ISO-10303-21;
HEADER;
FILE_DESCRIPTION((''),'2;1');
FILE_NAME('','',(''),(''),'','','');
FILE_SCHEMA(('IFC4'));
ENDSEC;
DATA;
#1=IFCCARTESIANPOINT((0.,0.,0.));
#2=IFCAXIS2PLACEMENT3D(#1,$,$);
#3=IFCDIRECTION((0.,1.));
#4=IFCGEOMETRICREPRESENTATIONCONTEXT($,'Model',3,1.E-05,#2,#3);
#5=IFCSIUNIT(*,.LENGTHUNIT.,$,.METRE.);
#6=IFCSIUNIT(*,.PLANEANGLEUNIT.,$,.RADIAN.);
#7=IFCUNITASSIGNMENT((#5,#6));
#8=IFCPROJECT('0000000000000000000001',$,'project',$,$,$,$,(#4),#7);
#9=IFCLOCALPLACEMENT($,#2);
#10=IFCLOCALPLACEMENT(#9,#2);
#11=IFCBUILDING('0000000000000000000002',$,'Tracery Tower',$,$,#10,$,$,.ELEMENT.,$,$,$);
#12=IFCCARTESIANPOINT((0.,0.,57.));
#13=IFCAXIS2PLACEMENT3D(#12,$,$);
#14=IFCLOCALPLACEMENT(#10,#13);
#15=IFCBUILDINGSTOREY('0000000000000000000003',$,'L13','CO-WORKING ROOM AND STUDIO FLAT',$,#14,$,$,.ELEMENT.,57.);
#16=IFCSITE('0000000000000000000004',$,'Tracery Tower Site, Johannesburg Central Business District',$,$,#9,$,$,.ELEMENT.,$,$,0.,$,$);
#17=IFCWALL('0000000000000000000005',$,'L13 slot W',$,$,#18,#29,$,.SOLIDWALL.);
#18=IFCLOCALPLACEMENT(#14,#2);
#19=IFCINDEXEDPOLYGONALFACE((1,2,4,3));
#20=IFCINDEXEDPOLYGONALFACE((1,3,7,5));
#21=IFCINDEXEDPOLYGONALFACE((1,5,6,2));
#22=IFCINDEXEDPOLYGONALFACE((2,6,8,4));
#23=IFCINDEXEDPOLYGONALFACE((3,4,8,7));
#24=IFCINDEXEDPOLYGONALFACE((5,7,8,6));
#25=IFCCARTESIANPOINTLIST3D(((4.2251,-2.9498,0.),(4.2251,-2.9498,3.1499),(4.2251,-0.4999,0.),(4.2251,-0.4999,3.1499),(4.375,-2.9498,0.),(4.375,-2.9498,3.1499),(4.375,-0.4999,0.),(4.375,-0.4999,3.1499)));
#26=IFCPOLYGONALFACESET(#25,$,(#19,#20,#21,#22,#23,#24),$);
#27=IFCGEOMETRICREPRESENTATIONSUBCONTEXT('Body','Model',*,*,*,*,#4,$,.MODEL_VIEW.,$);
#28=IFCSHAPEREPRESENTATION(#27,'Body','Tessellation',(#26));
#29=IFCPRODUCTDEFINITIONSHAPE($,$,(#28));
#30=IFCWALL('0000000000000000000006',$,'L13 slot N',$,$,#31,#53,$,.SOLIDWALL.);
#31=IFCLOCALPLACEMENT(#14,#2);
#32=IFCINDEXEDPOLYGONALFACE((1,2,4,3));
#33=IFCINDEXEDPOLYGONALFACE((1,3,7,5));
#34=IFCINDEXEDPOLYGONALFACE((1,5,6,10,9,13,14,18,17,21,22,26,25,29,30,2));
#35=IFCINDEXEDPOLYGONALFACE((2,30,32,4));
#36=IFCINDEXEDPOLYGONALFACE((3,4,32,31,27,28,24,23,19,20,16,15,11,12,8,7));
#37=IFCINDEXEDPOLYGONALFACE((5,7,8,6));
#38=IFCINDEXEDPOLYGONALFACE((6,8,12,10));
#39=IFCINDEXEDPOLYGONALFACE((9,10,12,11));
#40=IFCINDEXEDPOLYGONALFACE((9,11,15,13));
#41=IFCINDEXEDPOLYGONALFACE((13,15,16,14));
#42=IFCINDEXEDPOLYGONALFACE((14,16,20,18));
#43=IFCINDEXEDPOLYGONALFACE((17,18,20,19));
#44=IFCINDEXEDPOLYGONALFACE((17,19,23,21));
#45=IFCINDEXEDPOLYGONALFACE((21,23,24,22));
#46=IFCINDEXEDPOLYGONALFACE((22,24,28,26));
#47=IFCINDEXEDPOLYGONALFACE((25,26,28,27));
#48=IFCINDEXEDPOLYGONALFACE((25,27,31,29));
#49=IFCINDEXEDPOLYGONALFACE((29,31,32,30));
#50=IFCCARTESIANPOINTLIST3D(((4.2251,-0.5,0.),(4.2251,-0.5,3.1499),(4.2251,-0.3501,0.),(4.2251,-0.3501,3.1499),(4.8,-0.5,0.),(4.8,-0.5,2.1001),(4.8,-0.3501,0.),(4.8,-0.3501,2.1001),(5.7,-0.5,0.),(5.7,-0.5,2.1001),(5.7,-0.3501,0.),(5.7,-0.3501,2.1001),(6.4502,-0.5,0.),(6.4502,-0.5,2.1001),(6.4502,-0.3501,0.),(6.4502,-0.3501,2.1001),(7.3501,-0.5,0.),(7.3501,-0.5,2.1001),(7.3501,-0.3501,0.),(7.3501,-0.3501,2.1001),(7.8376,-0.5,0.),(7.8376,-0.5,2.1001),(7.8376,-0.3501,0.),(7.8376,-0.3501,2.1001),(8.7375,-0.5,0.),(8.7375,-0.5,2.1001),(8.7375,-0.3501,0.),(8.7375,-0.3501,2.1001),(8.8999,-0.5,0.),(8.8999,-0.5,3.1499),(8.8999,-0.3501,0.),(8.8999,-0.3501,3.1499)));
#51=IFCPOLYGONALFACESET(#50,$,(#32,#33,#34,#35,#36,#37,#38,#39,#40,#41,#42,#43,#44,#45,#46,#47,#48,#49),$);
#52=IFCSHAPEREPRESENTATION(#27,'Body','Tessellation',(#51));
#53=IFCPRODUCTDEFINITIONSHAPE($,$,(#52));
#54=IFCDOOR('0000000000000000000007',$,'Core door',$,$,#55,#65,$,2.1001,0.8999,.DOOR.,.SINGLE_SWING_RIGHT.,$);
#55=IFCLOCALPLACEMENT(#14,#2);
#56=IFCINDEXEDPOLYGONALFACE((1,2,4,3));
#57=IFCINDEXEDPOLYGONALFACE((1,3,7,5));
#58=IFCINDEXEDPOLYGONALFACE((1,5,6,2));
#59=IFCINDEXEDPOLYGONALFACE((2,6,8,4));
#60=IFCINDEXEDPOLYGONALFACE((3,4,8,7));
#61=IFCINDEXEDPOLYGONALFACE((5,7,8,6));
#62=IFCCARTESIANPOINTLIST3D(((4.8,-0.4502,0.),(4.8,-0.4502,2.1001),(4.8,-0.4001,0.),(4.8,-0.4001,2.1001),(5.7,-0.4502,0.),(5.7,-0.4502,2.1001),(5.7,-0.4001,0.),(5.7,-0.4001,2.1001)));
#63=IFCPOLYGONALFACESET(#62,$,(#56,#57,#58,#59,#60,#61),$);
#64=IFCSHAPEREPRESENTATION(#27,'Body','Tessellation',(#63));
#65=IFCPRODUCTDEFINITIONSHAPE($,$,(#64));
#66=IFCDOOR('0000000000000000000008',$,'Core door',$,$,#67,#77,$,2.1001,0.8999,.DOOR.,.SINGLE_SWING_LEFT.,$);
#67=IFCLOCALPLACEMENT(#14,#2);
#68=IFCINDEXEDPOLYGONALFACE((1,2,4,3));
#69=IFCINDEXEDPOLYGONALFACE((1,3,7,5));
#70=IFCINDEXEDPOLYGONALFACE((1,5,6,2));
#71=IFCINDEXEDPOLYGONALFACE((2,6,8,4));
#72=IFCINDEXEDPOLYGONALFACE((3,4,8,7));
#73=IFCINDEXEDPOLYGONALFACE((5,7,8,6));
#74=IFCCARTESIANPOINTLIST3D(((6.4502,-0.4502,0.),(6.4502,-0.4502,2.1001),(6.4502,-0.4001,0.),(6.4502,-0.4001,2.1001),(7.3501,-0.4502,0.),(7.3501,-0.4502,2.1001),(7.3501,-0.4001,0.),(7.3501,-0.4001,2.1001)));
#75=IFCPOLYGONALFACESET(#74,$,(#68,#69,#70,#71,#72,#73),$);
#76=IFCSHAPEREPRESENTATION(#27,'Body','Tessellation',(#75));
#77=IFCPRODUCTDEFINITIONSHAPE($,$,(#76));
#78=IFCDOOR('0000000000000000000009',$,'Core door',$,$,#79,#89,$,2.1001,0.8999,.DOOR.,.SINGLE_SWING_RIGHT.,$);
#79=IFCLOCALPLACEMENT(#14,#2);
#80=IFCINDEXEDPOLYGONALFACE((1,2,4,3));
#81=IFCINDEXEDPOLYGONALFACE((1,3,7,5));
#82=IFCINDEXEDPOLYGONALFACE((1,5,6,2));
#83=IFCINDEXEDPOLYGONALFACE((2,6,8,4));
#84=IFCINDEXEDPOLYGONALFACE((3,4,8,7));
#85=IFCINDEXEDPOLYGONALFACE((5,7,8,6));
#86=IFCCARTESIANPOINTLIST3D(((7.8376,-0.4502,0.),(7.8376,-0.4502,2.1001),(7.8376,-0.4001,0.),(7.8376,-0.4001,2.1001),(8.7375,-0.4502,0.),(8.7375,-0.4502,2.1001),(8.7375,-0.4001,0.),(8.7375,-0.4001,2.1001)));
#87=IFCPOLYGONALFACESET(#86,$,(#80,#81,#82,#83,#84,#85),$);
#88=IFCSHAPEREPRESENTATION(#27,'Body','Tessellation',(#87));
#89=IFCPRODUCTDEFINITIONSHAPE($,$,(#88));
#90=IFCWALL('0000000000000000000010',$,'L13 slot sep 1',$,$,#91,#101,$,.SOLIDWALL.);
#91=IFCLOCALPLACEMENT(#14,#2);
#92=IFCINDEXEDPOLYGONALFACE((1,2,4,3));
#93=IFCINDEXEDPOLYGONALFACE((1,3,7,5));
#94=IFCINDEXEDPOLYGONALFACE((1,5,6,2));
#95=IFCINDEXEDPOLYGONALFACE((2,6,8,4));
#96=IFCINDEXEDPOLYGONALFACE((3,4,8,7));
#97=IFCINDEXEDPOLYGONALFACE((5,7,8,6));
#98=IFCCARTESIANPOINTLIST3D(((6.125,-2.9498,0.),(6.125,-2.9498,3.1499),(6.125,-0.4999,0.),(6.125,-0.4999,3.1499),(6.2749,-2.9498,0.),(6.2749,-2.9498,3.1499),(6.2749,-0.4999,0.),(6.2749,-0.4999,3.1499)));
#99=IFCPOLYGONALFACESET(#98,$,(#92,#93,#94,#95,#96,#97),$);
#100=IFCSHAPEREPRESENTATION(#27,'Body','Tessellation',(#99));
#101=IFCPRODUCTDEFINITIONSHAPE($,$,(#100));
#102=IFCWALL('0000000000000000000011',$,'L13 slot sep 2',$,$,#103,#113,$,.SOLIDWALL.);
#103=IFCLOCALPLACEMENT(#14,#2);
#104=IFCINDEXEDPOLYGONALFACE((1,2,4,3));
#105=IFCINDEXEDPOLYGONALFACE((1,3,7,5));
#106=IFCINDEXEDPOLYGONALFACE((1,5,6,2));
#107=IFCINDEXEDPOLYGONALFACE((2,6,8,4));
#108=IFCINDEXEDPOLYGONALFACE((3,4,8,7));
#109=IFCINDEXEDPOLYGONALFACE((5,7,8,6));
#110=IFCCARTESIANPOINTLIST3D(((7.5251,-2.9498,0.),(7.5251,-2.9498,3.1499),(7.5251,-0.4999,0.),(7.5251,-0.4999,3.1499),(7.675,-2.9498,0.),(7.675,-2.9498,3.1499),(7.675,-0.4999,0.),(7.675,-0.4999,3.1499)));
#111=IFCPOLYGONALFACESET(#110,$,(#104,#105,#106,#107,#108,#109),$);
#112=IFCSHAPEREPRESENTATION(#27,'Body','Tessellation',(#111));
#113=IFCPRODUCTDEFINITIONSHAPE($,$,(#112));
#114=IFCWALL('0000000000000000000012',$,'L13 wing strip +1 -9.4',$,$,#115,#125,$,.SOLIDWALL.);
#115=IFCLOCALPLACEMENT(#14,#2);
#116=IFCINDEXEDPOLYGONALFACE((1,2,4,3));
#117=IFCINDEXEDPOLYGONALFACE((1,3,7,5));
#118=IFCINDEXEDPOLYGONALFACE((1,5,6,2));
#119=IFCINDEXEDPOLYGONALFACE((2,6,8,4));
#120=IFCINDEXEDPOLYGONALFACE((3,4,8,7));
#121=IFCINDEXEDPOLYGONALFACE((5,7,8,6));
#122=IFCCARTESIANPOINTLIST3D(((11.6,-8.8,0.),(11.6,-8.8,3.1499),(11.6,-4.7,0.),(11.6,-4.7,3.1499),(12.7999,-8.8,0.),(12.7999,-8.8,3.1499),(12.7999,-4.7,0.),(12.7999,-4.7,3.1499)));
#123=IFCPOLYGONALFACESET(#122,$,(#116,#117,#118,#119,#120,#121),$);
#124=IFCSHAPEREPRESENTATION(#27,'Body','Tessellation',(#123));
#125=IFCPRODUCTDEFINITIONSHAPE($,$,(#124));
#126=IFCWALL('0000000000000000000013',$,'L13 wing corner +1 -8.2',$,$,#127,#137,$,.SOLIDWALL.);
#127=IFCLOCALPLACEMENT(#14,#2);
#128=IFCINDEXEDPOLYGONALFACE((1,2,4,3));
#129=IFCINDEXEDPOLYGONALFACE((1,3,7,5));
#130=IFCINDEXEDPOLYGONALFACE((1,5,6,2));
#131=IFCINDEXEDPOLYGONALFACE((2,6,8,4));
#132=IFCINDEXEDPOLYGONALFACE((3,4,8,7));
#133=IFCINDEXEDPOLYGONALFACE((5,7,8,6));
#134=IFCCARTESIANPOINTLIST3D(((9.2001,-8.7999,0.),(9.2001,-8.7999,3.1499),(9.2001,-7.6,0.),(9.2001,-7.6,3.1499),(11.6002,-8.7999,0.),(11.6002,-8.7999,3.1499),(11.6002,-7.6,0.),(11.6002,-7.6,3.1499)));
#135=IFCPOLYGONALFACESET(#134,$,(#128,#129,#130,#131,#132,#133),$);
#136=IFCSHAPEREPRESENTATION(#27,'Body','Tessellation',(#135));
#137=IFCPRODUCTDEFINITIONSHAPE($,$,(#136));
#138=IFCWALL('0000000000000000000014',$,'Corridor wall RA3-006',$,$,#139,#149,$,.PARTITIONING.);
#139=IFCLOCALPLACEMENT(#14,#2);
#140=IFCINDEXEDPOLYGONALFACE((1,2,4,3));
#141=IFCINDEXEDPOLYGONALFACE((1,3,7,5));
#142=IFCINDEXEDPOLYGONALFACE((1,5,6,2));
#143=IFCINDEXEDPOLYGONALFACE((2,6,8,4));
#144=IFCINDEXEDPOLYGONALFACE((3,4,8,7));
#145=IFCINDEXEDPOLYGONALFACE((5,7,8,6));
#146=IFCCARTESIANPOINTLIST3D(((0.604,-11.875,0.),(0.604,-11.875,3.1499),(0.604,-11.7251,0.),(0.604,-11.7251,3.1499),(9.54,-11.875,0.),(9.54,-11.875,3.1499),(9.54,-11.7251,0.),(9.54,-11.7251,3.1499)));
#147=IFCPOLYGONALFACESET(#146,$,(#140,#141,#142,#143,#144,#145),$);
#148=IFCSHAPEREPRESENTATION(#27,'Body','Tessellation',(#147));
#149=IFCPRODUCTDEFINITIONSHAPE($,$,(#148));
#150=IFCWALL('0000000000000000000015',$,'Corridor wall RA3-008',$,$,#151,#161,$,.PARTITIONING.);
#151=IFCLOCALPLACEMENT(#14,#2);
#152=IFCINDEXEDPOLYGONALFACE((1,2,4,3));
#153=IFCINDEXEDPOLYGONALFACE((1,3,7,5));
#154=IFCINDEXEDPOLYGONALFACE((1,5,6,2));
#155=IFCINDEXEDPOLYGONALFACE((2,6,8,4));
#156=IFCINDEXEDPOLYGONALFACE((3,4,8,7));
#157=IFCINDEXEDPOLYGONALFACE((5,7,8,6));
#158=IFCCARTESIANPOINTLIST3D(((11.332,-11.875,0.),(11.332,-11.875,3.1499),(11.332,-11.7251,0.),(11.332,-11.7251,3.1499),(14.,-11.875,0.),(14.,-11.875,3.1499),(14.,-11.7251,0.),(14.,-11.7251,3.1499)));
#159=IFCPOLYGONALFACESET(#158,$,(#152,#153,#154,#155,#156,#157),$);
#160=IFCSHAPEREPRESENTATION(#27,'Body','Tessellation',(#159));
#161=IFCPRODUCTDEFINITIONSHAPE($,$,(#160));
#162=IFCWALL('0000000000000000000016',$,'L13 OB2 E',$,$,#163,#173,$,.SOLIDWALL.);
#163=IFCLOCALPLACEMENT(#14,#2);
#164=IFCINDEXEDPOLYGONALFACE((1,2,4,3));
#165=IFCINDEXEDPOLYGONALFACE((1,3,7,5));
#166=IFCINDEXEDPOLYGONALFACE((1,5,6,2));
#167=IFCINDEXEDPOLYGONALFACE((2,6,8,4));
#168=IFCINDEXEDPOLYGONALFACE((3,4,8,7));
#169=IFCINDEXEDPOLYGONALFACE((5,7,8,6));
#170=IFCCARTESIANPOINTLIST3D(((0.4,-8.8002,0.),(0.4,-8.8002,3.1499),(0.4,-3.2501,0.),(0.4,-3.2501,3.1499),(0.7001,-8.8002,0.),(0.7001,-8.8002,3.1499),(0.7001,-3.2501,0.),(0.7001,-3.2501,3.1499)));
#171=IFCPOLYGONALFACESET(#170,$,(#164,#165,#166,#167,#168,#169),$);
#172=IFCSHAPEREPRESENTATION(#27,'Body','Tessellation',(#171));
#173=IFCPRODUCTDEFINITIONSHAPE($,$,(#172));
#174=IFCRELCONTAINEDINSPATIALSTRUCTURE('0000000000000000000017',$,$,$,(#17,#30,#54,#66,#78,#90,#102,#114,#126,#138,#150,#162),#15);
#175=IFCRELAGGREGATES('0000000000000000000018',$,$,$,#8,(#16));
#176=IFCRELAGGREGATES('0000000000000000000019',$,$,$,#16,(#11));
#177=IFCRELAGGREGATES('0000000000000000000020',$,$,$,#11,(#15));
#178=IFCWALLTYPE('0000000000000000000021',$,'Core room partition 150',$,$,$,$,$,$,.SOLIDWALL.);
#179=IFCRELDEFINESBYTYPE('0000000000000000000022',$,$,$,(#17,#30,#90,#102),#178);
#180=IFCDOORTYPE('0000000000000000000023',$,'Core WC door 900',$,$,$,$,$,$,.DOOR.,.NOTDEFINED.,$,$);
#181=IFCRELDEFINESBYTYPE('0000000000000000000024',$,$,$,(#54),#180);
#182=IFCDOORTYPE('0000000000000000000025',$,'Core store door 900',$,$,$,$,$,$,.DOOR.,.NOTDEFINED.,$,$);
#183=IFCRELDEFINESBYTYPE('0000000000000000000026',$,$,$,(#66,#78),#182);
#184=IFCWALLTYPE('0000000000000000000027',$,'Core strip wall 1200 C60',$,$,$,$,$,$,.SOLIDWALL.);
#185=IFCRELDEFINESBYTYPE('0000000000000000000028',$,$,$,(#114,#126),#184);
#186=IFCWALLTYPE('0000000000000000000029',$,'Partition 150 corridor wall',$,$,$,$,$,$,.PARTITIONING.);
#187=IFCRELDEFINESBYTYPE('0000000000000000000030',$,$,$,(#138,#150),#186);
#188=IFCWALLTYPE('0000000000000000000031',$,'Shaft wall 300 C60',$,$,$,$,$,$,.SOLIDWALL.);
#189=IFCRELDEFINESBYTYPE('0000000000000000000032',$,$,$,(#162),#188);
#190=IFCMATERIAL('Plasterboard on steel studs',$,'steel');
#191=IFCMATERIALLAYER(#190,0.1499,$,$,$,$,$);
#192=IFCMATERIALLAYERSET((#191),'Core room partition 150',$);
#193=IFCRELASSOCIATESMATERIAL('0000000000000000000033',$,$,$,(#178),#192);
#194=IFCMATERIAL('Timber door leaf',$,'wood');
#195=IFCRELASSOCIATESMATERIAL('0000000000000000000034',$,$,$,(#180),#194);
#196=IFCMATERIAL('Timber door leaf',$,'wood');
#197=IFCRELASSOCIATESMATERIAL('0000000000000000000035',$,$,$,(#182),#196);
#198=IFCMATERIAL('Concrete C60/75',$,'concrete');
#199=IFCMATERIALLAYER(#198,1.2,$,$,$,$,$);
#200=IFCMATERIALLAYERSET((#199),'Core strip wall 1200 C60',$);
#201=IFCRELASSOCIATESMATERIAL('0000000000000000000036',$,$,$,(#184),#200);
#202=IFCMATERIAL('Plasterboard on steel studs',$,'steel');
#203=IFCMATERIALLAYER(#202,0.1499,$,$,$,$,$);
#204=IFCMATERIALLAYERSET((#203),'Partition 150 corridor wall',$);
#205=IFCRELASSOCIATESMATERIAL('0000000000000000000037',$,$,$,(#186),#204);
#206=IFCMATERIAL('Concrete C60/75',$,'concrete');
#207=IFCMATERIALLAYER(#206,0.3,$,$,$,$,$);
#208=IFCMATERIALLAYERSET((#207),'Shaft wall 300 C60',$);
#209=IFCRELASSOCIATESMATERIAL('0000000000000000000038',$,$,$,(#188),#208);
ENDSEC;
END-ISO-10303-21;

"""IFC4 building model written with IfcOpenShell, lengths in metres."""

from ifc_helpers import new_model, si_unit, direction, frame, frame_2d, origin, place, context, subcontext, project, spatial, rectangle, extrude, material, layer, layer_set, type_object, element, fill, save


model = new_model("IFC4")

# Units and contexts
model_context = context("Model", 3, precision=1e-05, world=origin(), true_north=direction((0.0, 1.0)))
body_context = subcontext(model_context, "Body", "Model", "MODEL_VIEW")
ifc_project = project(units=[si_unit("LENGTHUNIT", "METRE"), si_unit("PLANEANGLEUNIT", "RADIAN")], contexts=[model_context])

# Site, building, storey
site_placement = place(None, origin())
site = spatial("IfcSite", under=ifc_project, at=site_placement, Name="Tracery Tower Site, Johannesburg Central Business District", CompositionType="ELEMENT", RefElevation=0.0)
building_placement = place(site_placement, origin())
building = spatial("IfcBuilding", under=site, at=building_placement, Name="Tracery Tower", CompositionType="ELEMENT")
storey_placement = place(building_placement, frame((0.0, 0.0, 57.0)))
storey = spatial("IfcBuildingStorey", under=building, at=storey_placement, Name="L13", Description="CO-WORKING ROOM AND STUDIO FLAT", CompositionType="ELEMENT", Elevation=57.0)

# Wall
ifc_material_1 = material(Name="Plasterboard on steel studs", Category="steel")
ifc_layer_1 = layer(ifc_material_1, 0.1499)
ifc_layer_set_1 = layer_set([ifc_layer_1], Name="Core room partition 150")
wall_type_1 = type_object("IfcWallType", Name="Core room partition 150", PredefinedType="SOLIDWALL", material=ifc_layer_set_1)
wall_1_placement = place(storey_placement, frame((4.3, -2.95, 0.0), z_axis=(0.0, 0.0, 1.0), x_axis=(0.0, 1.0, 0.0)))
element("IfcWall", 1, at=wall_1_placement, inside=storey, type_object=wall_type_1, Name="L13 slot W", PredefinedType="SOLIDWALL", context=body_context, shape_type="SweptSolid", body=[
    extrude(rectangle(XDim=2.45, YDim=0.1499, at=frame_2d((1.2251, 0.0))), origin(), (0.0, 0.0, 1.0), 3.1499),
])

# Wall, openings, doors
wall_2_placement = place(storey_placement, frame((4.2251, -0.425, 0.0), z_axis=(0.0, 0.0, 1.0), x_axis=(1.0, 0.0, 0.0)))
wall_2 = element("IfcWall", 2, at=wall_2_placement, inside=storey, type_object=wall_type_1, Name="L13 slot N", PredefinedType="SOLIDWALL", context=body_context, shape_type="SweptSolid", body=[
    extrude(rectangle(XDim=4.6748, YDim=0.1499, at=frame_2d((2.3374, 0.0))), origin(), (0.0, 0.0, 1.0), 3.1499),
])
opening_1_placement = place(wall_2_placement, frame((0.575, 0.0, 0.0)))
opening_1 = element("IfcOpeningElement", 3, at=opening_1_placement, cuts=wall_2, PredefinedType="OPENING", context=body_context, shape_type="SweptSolid", body=[
    extrude(rectangle(XDim=0.8999, YDim=2.1001, at=frame_2d((0.45, 1.05))), frame((0.0, 0.075, 0.0), z_axis=(0.0, -1.0, 0.0), x_axis=(1.0, 0.0, 0.0)), (0.0, 0.0, 1.0), 0.1499),
])
opening_2_placement = place(wall_2_placement, frame((2.2251, 0.0, 0.0)))
opening_2 = element("IfcOpeningElement", 4, at=opening_2_placement, cuts=wall_2, PredefinedType="OPENING", context=body_context, shape_type="SweptSolid", body=[
    extrude(rectangle(XDim=0.8999, YDim=2.1001, at=frame_2d((0.45, 1.05))), frame((0.0, 0.075, 0.0), z_axis=(0.0, -1.0, 0.0), x_axis=(1.0, 0.0, 0.0)), (0.0, 0.0, 1.0), 0.1499),
])
opening_3_placement = place(wall_2_placement, frame((3.6125, 0.0, 0.0)))
opening_3 = element("IfcOpeningElement", 5, at=opening_3_placement, cuts=wall_2, PredefinedType="OPENING", context=body_context, shape_type="SweptSolid", body=[
    extrude(rectangle(XDim=0.8999, YDim=2.1001, at=frame_2d((0.45, 1.05))), frame((0.0, 0.075, 0.0), z_axis=(0.0, -1.0, 0.0), x_axis=(1.0, 0.0, 0.0)), (0.0, 0.0, 1.0), 0.1499),
])
ifc_material_2 = material(Name="Timber door leaf", Category="wood")
door_type_1 = type_object("IfcDoorType", Name="Core WC door 900", OperationType="NOTDEFINED", PredefinedType="DOOR", material=ifc_material_2)
door_1_placement = place(opening_1_placement, origin())
door_1 = element("IfcDoor", 6, at=door_1_placement, inside=storey, type_object=door_type_1, Name="Core door", OperationType="SINGLE_SWING_RIGHT", OverallHeight=2.1001, OverallWidth=0.8999, PredefinedType="DOOR", context=body_context, shape_type="SweptSolid", body=[
    extrude(rectangle(XDim=0.8999, YDim=2.1001, at=frame_2d((0.45, 1.05))), frame((0.0, 0.0249, 0.0), z_axis=(0.0, -1.0, 0.0), x_axis=(1.0, 0.0, 0.0)), (0.0, 0.0, 1.0), 0.05),
])
fill(opening_1, door_1)
ifc_material_3 = material(Name="Timber door leaf", Category="wood")
door_type_2 = type_object("IfcDoorType", Name="Core store door 900", OperationType="NOTDEFINED", PredefinedType="DOOR", material=ifc_material_3)
door_2_placement = place(opening_2_placement, origin())
door_2 = element("IfcDoor", 7, at=door_2_placement, inside=storey, type_object=door_type_2, Name="Core door", OperationType="SINGLE_SWING_LEFT", OverallHeight=2.1001, OverallWidth=0.8999, PredefinedType="DOOR", context=body_context, shape_type="SweptSolid", body=[
    extrude(rectangle(XDim=0.8999, YDim=2.1001, at=frame_2d((0.45, 1.05))), frame((0.0, 0.0249, 0.0), z_axis=(0.0, -1.0, 0.0), x_axis=(1.0, 0.0, 0.0)), (0.0, 0.0, 1.0), 0.05),
])
fill(opening_2, door_2)
door_3_placement = place(opening_3_placement, origin())
door_3 = element("IfcDoor", 8, at=door_3_placement, inside=storey, type_object=door_type_2, Name="Core door", OperationType="SINGLE_SWING_RIGHT", OverallHeight=2.1001, OverallWidth=0.8999, PredefinedType="DOOR", context=body_context, shape_type="SweptSolid", body=[
    extrude(rectangle(XDim=0.8999, YDim=2.1001, at=frame_2d((0.45, 1.05))), frame((0.0, 0.0249, 0.0), z_axis=(0.0, -1.0, 0.0), x_axis=(1.0, 0.0, 0.0)), (0.0, 0.0, 1.0), 0.05),
])
fill(opening_3, door_3)

# Walls
for number, where, z_axis, x_axis, name in (
    (9, (6.2, -2.95, 0.0), (0.0, 0.0, 1.0), (0.0, 1.0, 0.0), "L13 slot sep 1"),
    (10, (7.6001, -2.95, 0.0), (0.0, 0.0, 1.0), (0.0, 1.0, 0.0), "L13 slot sep 2"),
):
    element("IfcWall", number, at=place(storey_placement, frame(where, z_axis=z_axis, x_axis=x_axis)), inside=storey, type_object=wall_type_1, Name=name, PredefinedType="SOLIDWALL", context=body_context, shape_type="SweptSolid", body=[
        extrude(rectangle(XDim=2.45, YDim=0.1499, at=frame_2d((1.2251, 0.0))), origin(), (0.0, 0.0, 1.0), 3.1499),
    ])
ifc_material_4 = material(Name="Concrete C60/75", Category="concrete")
ifc_layer_2 = layer(ifc_material_4, 1.2)
ifc_layer_set_2 = layer_set([ifc_layer_2], Name="Core strip wall 1200 C60")
wall_type_2 = type_object("IfcWallType", Name="Core strip wall 1200 C60", PredefinedType="SOLIDWALL", material=ifc_layer_set_2)
wall_3_placement = place(storey_placement, frame((12.2, -8.8, 0.0), z_axis=(0.0, 0.0, 1.0), x_axis=(0.0, 1.0, 0.0)))
element("IfcWall", 11, at=wall_3_placement, inside=storey, type_object=wall_type_2, Name="L13 wing strip +1 -9.4", PredefinedType="SOLIDWALL", context=body_context, shape_type="SweptSolid", body=[
    extrude(rectangle(XDim=4.1001, YDim=1.2, at=frame_2d((2.05, 0.0))), origin(), (0.0, 0.0, 1.0), 3.1499),
])
wall_4_placement = place(storey_placement, frame((9.2, -8.2, 0.0), z_axis=(0.0, 0.0, 1.0), x_axis=(1.0, 0.0, 0.0)))
element("IfcWall", 12, at=wall_4_placement, inside=storey, type_object=wall_type_2, Name="L13 wing corner +1 -8.2", PredefinedType="SOLIDWALL", context=body_context, shape_type="SweptSolid", body=[
    extrude(rectangle(XDim=2.4001, YDim=1.2, at=frame_2d((1.2002, 0.0))), origin(), (0.0, 0.0, 1.0), 3.1499),
])
ifc_material_5 = material(Name="Plasterboard on steel studs", Category="steel")
ifc_layer_3 = layer(ifc_material_5, 0.1499)
ifc_layer_set_3 = layer_set([ifc_layer_3], Name="Partition 150 corridor wall")
wall_type_3 = type_object("IfcWallType", Name="Partition 150 corridor wall", PredefinedType="PARTITIONING", material=ifc_layer_set_3)
wall_5_placement = place(storey_placement, frame((0.604, -11.8, 0.0), z_axis=(0.0, 0.0, 1.0), x_axis=(1.0, 0.0, 0.0)))
element("IfcWall", 13, at=wall_5_placement, inside=storey, type_object=wall_type_3, Name="Corridor wall RA3-006", PredefinedType="PARTITIONING", context=body_context, shape_type="SweptSolid", body=[
    extrude(rectangle(XDim=8.936, YDim=0.1499, at=frame_2d((4.468, 0.0))), origin(), (0.0, 0.0, 1.0), 3.1499),
])
wall_6_placement = place(storey_placement, frame((11.332, -11.8, 0.0), z_axis=(0.0, 0.0, 1.0), x_axis=(1.0, 0.0, 0.0)))
element("IfcWall", 14, at=wall_6_placement, inside=storey, type_object=wall_type_3, Name="Corridor wall RA3-008", PredefinedType="PARTITIONING", context=body_context, shape_type="SweptSolid", body=[
    extrude(rectangle(XDim=2.668, YDim=0.1499, at=frame_2d((1.334, 0.0))), origin(), (0.0, 0.0, 1.0), 3.1499),
])
ifc_material_6 = material(Name="Concrete C60/75", Category="concrete")
ifc_layer_4 = layer(ifc_material_6, 0.3)
ifc_layer_set_4 = layer_set([ifc_layer_4], Name="Shaft wall 300 C60")
wall_type_4 = type_object("IfcWallType", Name="Shaft wall 300 C60", PredefinedType="SOLIDWALL", material=ifc_layer_set_4)
wall_7_placement = place(storey_placement, frame((0.55, -8.8, 0.0), z_axis=(0.0, 0.0, 1.0), x_axis=(0.0, 1.0, 0.0)))
element("IfcWall", 15, at=wall_7_placement, inside=storey, type_object=wall_type_4, Name="L13 OB2 E", PredefinedType="SOLIDWALL", context=body_context, shape_type="SweptSolid", body=[
    extrude(rectangle(XDim=5.55, YDim=0.3, at=frame_2d((2.7749, 0.0))), origin(), (0.0, 0.0, 1.0), 3.1499),
])

save(model, "model.ifc")
